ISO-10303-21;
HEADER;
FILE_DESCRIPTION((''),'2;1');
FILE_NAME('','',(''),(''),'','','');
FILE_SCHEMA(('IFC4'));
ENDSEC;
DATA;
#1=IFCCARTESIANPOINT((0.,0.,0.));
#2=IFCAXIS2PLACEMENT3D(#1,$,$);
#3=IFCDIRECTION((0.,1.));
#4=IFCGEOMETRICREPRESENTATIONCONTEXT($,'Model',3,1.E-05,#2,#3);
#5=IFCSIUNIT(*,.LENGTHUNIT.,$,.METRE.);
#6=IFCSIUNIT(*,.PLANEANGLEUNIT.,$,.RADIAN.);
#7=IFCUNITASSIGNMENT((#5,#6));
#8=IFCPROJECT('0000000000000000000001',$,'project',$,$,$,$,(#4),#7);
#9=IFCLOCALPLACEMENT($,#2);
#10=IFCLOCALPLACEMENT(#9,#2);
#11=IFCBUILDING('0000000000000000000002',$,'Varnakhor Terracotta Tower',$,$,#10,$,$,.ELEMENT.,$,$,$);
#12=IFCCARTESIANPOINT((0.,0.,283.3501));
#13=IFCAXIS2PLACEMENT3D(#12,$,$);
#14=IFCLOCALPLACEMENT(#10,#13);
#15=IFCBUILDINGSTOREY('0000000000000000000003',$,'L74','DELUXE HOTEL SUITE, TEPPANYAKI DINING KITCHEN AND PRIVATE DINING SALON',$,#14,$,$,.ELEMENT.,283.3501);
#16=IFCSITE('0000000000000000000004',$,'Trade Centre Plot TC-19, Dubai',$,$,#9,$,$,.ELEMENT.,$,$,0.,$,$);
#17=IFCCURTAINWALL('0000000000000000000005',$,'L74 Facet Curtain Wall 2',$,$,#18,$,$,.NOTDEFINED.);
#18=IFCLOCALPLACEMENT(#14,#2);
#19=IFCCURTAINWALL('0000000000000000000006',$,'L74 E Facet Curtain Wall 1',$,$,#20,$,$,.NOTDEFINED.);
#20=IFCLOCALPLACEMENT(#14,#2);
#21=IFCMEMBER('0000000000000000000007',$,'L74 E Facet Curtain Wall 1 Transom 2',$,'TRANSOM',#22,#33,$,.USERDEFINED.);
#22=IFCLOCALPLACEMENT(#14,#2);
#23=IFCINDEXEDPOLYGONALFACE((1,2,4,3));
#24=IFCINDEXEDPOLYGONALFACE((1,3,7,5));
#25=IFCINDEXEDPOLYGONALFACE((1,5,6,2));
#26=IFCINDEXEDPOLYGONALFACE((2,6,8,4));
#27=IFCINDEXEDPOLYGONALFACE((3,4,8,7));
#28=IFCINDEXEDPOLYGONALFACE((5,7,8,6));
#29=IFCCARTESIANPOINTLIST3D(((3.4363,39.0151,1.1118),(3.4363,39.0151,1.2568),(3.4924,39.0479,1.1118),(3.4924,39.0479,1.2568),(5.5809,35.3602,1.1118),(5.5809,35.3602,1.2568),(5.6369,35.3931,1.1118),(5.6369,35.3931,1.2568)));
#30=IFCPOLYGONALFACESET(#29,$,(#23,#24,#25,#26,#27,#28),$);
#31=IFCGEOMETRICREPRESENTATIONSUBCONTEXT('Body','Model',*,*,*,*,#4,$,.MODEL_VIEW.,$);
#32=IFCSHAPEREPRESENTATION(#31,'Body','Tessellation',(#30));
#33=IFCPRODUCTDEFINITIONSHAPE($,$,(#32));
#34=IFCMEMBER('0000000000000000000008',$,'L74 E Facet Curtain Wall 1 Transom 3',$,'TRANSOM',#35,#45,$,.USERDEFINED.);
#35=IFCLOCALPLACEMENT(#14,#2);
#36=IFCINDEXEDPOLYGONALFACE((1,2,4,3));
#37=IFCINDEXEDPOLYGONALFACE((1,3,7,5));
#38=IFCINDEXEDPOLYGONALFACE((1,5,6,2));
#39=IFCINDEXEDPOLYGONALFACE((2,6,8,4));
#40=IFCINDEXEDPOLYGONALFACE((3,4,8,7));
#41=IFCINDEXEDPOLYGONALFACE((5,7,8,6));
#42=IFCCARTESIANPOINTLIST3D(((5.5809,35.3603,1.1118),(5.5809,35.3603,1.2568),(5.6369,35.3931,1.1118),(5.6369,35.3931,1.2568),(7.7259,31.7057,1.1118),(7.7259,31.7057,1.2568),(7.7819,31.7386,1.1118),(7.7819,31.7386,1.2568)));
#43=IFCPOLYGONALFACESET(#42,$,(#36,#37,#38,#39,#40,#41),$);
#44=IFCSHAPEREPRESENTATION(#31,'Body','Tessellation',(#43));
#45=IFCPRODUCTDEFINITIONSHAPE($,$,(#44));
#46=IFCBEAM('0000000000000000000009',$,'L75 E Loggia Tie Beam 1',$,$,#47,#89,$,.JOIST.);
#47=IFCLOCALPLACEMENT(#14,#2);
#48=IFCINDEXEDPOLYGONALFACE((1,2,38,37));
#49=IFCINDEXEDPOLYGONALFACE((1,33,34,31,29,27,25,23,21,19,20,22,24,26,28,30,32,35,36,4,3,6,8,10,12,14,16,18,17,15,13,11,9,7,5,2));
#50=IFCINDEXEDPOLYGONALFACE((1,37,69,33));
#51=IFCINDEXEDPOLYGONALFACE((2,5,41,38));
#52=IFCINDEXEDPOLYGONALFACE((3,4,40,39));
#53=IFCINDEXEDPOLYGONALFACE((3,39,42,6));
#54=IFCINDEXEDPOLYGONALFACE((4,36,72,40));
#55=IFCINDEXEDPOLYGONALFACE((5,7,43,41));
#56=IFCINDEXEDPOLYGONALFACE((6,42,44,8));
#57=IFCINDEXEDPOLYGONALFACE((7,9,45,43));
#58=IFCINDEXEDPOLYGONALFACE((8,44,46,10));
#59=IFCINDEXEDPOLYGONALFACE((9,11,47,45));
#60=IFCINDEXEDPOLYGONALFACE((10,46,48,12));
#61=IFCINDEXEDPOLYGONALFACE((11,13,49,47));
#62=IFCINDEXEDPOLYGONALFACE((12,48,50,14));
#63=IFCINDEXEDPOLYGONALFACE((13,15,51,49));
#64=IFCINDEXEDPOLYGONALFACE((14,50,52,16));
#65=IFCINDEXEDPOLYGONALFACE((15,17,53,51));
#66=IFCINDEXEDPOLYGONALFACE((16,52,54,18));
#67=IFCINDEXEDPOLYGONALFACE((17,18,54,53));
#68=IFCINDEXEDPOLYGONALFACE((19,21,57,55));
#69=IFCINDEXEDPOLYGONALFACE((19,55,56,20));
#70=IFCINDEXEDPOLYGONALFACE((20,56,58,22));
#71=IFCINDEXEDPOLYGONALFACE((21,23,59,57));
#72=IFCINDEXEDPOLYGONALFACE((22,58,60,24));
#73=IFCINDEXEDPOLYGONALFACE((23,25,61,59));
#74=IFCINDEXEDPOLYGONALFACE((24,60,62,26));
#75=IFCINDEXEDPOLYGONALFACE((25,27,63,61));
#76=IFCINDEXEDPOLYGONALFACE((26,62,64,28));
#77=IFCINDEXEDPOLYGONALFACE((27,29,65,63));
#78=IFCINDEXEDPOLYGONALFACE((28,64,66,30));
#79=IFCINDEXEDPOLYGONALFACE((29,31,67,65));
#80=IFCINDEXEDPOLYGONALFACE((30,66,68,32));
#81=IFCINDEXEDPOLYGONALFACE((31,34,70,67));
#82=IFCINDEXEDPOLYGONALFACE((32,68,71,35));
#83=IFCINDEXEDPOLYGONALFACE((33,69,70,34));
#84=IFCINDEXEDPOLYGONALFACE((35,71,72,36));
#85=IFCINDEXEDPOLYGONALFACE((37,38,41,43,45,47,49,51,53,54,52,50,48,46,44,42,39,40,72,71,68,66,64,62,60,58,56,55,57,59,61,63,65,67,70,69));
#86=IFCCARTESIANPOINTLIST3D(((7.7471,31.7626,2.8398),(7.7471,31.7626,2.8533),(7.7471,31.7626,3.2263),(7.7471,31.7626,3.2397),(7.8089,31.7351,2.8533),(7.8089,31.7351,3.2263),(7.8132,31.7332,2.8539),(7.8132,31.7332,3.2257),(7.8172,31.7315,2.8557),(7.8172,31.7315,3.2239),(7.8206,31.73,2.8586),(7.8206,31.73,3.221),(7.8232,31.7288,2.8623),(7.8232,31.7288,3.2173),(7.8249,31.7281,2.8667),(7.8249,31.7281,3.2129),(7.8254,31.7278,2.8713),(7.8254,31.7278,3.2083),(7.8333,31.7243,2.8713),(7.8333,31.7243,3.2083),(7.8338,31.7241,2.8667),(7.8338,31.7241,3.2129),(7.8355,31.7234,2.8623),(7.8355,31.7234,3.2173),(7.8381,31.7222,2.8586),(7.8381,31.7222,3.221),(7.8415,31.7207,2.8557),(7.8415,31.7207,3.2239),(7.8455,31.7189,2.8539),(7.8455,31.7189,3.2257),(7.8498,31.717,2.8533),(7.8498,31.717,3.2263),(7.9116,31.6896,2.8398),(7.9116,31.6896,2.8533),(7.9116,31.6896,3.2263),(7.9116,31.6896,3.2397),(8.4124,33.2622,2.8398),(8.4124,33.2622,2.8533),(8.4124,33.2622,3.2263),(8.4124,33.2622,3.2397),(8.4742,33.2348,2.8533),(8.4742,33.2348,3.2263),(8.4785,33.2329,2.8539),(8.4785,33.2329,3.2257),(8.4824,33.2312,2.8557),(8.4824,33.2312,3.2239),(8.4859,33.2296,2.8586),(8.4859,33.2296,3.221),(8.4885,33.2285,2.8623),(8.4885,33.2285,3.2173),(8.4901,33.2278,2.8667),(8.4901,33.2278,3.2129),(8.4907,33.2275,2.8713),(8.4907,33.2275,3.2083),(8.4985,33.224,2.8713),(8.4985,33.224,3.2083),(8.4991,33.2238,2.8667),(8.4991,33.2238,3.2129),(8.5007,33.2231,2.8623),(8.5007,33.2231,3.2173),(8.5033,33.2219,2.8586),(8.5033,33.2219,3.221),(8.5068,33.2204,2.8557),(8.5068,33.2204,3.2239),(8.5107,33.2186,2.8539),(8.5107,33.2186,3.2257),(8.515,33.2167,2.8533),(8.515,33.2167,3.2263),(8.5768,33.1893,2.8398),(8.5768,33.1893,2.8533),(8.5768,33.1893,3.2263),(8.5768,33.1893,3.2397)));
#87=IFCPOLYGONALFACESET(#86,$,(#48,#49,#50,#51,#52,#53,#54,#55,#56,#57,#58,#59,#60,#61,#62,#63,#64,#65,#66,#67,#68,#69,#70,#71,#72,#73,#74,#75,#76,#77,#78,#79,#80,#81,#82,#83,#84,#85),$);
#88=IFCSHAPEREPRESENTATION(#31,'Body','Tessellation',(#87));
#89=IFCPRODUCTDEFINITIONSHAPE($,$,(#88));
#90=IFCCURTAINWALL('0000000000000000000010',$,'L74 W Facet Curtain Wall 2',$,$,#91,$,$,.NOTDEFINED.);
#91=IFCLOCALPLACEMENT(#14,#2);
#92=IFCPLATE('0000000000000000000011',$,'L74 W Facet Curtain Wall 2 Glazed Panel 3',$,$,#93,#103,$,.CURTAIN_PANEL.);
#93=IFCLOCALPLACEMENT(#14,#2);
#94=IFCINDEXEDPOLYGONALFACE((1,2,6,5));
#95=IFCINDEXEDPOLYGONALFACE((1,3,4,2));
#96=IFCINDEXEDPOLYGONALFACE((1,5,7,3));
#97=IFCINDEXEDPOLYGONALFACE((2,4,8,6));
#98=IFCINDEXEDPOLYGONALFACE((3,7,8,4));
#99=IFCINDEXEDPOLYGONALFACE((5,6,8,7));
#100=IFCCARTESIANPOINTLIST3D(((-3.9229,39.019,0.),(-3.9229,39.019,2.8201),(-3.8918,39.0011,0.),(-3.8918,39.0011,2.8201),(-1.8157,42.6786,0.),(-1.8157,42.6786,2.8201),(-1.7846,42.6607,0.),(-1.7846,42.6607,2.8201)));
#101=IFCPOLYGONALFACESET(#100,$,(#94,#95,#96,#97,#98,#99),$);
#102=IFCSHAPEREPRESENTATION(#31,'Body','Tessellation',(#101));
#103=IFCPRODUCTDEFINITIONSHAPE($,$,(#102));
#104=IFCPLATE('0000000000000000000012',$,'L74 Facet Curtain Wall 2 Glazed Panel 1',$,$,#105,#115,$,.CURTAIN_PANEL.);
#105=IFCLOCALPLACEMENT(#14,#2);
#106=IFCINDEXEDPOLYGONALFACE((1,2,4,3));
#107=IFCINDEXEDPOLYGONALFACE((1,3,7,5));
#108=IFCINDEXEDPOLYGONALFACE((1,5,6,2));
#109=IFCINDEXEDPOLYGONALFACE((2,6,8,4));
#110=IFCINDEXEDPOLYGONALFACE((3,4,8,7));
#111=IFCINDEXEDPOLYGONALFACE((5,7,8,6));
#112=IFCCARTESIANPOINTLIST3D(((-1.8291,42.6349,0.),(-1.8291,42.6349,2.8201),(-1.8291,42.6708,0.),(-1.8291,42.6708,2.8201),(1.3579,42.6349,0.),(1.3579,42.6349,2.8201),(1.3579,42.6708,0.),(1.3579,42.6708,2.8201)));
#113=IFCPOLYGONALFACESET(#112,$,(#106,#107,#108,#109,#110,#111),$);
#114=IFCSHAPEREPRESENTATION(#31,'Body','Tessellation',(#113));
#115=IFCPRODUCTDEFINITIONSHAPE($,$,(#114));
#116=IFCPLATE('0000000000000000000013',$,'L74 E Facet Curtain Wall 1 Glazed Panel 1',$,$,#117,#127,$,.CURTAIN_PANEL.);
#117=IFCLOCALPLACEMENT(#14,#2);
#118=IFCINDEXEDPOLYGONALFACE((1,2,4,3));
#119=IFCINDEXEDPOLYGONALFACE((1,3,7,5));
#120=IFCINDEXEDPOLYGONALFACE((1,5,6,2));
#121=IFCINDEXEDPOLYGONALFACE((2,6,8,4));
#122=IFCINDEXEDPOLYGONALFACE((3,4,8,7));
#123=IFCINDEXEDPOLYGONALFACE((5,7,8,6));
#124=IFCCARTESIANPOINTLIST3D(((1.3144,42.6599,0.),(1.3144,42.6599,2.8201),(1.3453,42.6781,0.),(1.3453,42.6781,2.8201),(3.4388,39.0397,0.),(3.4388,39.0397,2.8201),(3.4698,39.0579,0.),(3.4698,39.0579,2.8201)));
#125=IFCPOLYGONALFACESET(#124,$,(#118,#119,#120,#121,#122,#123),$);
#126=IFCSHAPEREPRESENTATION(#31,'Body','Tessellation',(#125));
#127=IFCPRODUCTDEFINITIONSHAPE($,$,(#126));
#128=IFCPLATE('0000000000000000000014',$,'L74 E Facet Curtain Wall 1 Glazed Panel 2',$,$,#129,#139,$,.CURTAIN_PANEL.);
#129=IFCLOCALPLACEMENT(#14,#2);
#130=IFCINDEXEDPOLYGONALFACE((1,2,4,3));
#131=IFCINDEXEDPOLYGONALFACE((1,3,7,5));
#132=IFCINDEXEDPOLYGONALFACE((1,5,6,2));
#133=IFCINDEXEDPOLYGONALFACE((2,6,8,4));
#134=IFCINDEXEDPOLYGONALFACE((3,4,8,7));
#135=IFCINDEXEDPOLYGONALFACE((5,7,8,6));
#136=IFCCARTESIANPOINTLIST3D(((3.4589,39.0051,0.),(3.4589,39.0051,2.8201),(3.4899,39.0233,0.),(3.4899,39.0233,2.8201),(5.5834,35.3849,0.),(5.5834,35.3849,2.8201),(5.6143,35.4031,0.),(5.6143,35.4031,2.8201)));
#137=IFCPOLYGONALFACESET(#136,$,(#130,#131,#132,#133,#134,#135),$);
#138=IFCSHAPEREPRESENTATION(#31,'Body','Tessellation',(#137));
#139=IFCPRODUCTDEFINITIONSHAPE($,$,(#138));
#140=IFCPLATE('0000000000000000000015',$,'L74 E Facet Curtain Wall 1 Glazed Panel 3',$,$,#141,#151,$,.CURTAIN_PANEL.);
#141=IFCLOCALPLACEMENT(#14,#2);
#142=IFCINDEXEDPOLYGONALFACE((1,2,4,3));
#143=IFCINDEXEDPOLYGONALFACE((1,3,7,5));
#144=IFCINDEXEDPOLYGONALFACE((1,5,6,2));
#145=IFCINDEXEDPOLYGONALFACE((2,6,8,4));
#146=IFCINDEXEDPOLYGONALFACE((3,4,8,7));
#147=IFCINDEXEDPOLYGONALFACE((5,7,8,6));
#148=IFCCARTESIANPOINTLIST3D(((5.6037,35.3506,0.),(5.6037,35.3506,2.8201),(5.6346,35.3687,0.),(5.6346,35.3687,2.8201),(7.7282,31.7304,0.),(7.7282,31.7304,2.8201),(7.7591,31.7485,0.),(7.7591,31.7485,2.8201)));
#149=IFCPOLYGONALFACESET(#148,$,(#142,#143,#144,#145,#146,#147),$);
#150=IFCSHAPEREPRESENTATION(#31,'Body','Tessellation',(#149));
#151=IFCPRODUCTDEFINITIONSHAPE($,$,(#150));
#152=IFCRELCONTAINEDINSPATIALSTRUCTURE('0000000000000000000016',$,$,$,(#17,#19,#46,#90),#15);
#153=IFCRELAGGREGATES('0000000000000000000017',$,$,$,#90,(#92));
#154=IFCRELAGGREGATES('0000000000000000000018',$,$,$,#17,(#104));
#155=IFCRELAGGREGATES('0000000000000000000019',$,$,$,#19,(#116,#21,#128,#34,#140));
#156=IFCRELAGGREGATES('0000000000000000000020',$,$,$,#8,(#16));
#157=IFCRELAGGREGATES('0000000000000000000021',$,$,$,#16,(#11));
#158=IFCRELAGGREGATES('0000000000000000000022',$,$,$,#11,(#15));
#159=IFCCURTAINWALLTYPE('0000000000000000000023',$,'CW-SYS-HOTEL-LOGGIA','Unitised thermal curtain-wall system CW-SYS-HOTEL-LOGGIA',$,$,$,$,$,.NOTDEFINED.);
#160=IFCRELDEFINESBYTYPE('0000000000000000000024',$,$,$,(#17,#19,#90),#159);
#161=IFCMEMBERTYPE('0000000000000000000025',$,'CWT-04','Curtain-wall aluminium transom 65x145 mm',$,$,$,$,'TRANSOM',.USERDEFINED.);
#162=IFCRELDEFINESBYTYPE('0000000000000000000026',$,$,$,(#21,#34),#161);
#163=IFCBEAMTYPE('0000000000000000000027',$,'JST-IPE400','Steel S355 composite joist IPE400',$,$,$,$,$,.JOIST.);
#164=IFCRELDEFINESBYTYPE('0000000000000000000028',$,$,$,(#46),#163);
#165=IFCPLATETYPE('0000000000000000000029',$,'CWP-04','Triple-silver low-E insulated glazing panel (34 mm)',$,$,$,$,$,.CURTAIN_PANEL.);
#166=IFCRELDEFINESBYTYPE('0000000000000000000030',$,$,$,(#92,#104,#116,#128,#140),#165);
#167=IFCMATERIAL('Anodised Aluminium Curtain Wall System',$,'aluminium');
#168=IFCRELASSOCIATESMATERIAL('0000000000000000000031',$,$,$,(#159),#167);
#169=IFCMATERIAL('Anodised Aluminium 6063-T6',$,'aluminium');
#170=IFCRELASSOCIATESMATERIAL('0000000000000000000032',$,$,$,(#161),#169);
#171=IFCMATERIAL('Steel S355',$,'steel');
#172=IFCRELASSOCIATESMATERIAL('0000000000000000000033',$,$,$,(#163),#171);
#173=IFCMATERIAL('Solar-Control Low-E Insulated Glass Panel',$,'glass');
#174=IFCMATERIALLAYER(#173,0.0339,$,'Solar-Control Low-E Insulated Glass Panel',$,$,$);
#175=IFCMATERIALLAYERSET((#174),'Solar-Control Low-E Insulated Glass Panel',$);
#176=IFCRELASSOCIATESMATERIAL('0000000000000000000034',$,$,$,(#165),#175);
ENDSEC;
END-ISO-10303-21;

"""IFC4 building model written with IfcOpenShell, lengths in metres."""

from ifc_helpers import new_model, si_unit, direction, frame, origin, origin_2d, place, context, subcontext, project, spatial, rectangle, i_section, extrude, source, transform, mapped, material, layer, layer_set, material_profile, profile_set, type_object, element, aggregate, save


model = new_model("IFC4")

# Units and contexts
model_context = context("Model", 3, precision=1e-05, world=origin(), true_north=direction((0.0, 1.0)))
body_context = subcontext(model_context, "Body", "Model", "MODEL_VIEW")
ifc_project = project(units=[si_unit("LENGTHUNIT", "METRE"), si_unit("PLANEANGLEUNIT", "RADIAN")], contexts=[model_context])

# Site, building, storey
site_placement = place(None, origin())
site = spatial("IfcSite", under=ifc_project, at=site_placement, Name="Trade Centre Plot TC-19, Dubai", CompositionType="ELEMENT", RefElevation=0.0)
building_placement = place(site_placement, origin())
building = spatial("IfcBuilding", under=site, at=building_placement, Name="Varnakhor Terracotta Tower", CompositionType="ELEMENT")
storey_placement = place(building_placement, frame((0.0, 0.0, 283.3501)))
storey = spatial("IfcBuildingStorey", under=building, at=storey_placement, Name="L74", Description="DELUXE HOTEL SUITE, TEPPANYAKI DINING KITCHEN AND PRIVATE DINING SALON", CompositionType="ELEMENT", Elevation=283.3501)

# Shared definitions
ifc_material_1 = material(Name="Steel S355", Category="steel")

# Curtain wall
ifc_material_2 = material(Name="Anodised Aluminium Curtain Wall System", Category="aluminium")
curtain_wall_type = type_object("IfcCurtainWallType", Name="CW-SYS-HOTEL-LOGGIA", Description="Unitised thermal curtain-wall system CW-SYS-HOTEL-LOGGIA", PredefinedType="NOTDEFINED", material=ifc_material_2)
curtain_wall_1_placement = place(storey_placement, origin())
curtain_wall_1 = element("IfcCurtainWall", 1, at=curtain_wall_1_placement, inside=storey, type_object=curtain_wall_type, Name="L74 Facet Curtain Wall 2", PredefinedType="NOTDEFINED")
ifc_material_3 = material(Name="Anodised Aluminium 6063-T6", Category="aluminium")

# Curtain wall
curtain_wall_2_placement = place(storey_placement, origin())
curtain_wall_2 = element("IfcCurtainWall", 2, at=curtain_wall_2_placement, inside=storey, type_object=curtain_wall_type, Name="L74 E Facet Curtain Wall 1", PredefinedType="NOTDEFINED")

# Members
ifc_material_profile_1 = material_profile(ifc_material_3, rectangle(XDim=0.0649, YDim=0.145, at=origin_2d()), Name="ALU TRANSOM 65x145")
ifc_profile_set_1 = profile_set([ifc_material_profile_1], Name="Anodised Aluminium 6063-T6")
member_type_1 = type_object("IfcMemberType", Name="CWT-04", Description="Curtain-wall aluminium transom 65x145 mm", ElementType="TRANSOM", PredefinedType="USERDEFINED", material=ifc_profile_set_1)
shared_shape_1 = source(origin(), body_context, "Body", "SweptSolid", [
    extrude(rectangle(XDim=0.0649, YDim=0.145, at=origin_2d()), origin(), (0.0, 0.0, 1.0), 4.2375),
])
member_1_placement = place(storey_placement, frame((3.4644, 39.0315, 1.1843), z_axis=(0.506083, -0.862485, 0.0), x_axis=(0.862485, 0.506083, 0.0)))
member_1 = element("IfcMember", 3, at=member_1_placement, type_object=member_type_1, Name="L74 E Facet Curtain Wall 1 Transom 2", ObjectType="TRANSOM", PredefinedType="USERDEFINED", context=body_context, shape_type="MappedRepresentation", body=[
    mapped(shared_shape_1, transform((0.0, 0.0, 0.0), scale=1.0)),
])
member_2_placement = place(storey_placement, frame((5.6089, 35.3767, 1.1843), z_axis=(0.506194, -0.86242, 0.0), x_axis=(0.86242, 0.506194, 0.0)))
member_2 = element("IfcMember", 4, at=member_2_placement, type_object=member_type_1, Name="L74 E Facet Curtain Wall 1 Transom 3", ObjectType="TRANSOM", PredefinedType="USERDEFINED", context=body_context, shape_type="MappedRepresentation", body=[
    mapped(shared_shape_1, transform((0.0, 0.0, 0.0), scale=1.0)),
])

# Beam
ifc_material_profile_2 = material_profile(ifc_material_1, i_section(OverallWidth=0.1799, OverallDepth=0.3999, WebThickness=0.0085, FlangeThickness=0.0134, FilletRadius=0.0181, at=origin_2d()), Name="IPE400")
ifc_profile_set_2 = profile_set([ifc_material_profile_2], Name="Steel S355")
beam_type_1 = type_object("IfcBeamType", Name="JST-IPE400", Description="Steel S355 composite joist IPE400", PredefinedType="JOIST", material=ifc_profile_set_2)
shared_shape_2 = source(origin(), body_context, "Body", "SweptSolid", [
    extrude(i_section(OverallWidth=0.1799, OverallDepth=0.3999, WebThickness=0.0085, FlangeThickness=0.0134, FilletRadius=0.0181, at=origin_2d()), origin(), (0.0, 0.0, 1.0), 1.6406),
])
beam_1_placement = place(storey_placement, frame((7.8293, 31.7261, 3.0398), z_axis=(0.405489, 0.9141, 0.0), x_axis=(-0.9141, 0.405489, 0.0)))
element("IfcBeam", 5, at=beam_1_placement, inside=storey, type_object=beam_type_1, Name="L75 E Loggia Tie Beam 1", PredefinedType="JOIST", context=body_context, shape_type="MappedRepresentation", body=[
    mapped(shared_shape_2, transform((0.0, 0.0, 0.0), scale=1.0)),
])

# Curtain wall, plate
curtain_wall_3_placement = place(storey_placement, origin())
curtain_wall_3 = element("IfcCurtainWall", 6, at=curtain_wall_3_placement, inside=storey, type_object=curtain_wall_type, Name="L74 W Facet Curtain Wall 2", PredefinedType="NOTDEFINED")
ifc_material_4 = material(Name="Solar-Control Low-E Insulated Glass Panel", Category="glass")
ifc_layer_1 = layer(ifc_material_4, 0.0339, Name="Solar-Control Low-E Insulated Glass Panel")
ifc_layer_set_1 = layer_set([ifc_layer_1], Name="Solar-Control Low-E Insulated Glass Panel")
plate_type = type_object("IfcPlateType", Name="CWP-04", Description="Triple-silver low-E insulated glazing panel (34 mm)", PredefinedType="CURTAIN_PANEL", material=ifc_layer_set_1)
shared_shape_3 = source(origin(), body_context, "Body", "SweptSolid", [
    extrude(rectangle(XDim=4.2229, YDim=0.0359, at=origin_2d()), origin(), (0.0, 0.0, 1.0), 2.8201),
])
plate_1_placement = place(storey_placement, frame((-2.8538, 40.8398, 0.0), z_axis=(0.0, 0.0, 1.0), x_axis=(0.499002, 0.866601, 0.0)))
plate_1 = element("IfcPlate", 7, at=plate_1_placement, type_object=plate_type, Name="L74 W Facet Curtain Wall 2 Glazed Panel 3", PredefinedType="CURTAIN_PANEL", context=body_context, shape_type="MappedRepresentation", body=[
    mapped(shared_shape_3, transform((0.0, 0.0, 0.0), scale=1.0)),
])
aggregate(curtain_wall_3, [plate_1])

# Plates
shared_shape_4 = source(origin(), body_context, "Body", "SweptSolid", [
    extrude(rectangle(XDim=3.187, YDim=0.0359, at=origin_2d()), origin(), (0.0, 0.0, 1.0), 2.8201),
])
plate_2_placement = place(storey_placement, frame((-0.2356, 42.6528, 0.0), z_axis=(0.0, 0.0, 1.0), x_axis=(1.0, 0.0, 0.0)))
plate_2 = element("IfcPlate", 8, at=plate_2_placement, type_object=plate_type, Name="L74 Facet Curtain Wall 2 Glazed Panel 1", PredefinedType="CURTAIN_PANEL", context=body_context, shape_type="MappedRepresentation", body=[
    mapped(shared_shape_4, transform((0.0, 0.0, 0.0), scale=1.0)),
])
aggregate(curtain_wall_1, [plate_2])
shared_shape_5 = source(origin(), body_context, "Body", "SweptSolid", [
    extrude(rectangle(XDim=4.1975, YDim=0.0359, at=origin_2d()), origin(), (0.0, 0.0, 1.0), 2.8201),
])
plate_3_placement = place(storey_placement, frame((2.3921, 40.8589, 0.0), z_axis=(0.0, 0.0, 1.0), x_axis=(0.506124, -0.862461, 0.0)))
plate_3 = element("IfcPlate", 9, at=plate_3_placement, type_object=plate_type, Name="L74 E Facet Curtain Wall 1 Glazed Panel 1", PredefinedType="CURTAIN_PANEL", context=body_context, shape_type="MappedRepresentation", body=[
    mapped(shared_shape_5, transform((0.0, 0.0, 0.0), scale=1.0)),
])
plate_4_placement = place(storey_placement, frame((4.5366, 37.2041, 0.0), z_axis=(0.0, 0.0, 1.0), x_axis=(0.506124, -0.862461, 0.0)))
plate_4 = element("IfcPlate", 10, at=plate_4_placement, type_object=plate_type, Name="L74 E Facet Curtain Wall 1 Glazed Panel 2", PredefinedType="CURTAIN_PANEL", context=body_context, shape_type="MappedRepresentation", body=[
    mapped(shared_shape_5, transform((0.0, 0.0, 0.0), scale=1.0)),
])
plate_5_placement = place(storey_placement, frame((6.6814, 33.5496, 0.0), z_axis=(0.0, 0.0, 1.0), x_axis=(0.506124, -0.862461, 0.0)))
plate_5 = element("IfcPlate", 11, at=plate_5_placement, type_object=plate_type, Name="L74 E Facet Curtain Wall 1 Glazed Panel 3", PredefinedType="CURTAIN_PANEL", context=body_context, shape_type="MappedRepresentation", body=[
    mapped(shared_shape_5, transform((0.0, 0.0, 0.0), scale=1.0)),
])
aggregate(curtain_wall_2, [plate_3, member_1, plate_4, member_2, plate_5])

save(model, "model.ifc")
